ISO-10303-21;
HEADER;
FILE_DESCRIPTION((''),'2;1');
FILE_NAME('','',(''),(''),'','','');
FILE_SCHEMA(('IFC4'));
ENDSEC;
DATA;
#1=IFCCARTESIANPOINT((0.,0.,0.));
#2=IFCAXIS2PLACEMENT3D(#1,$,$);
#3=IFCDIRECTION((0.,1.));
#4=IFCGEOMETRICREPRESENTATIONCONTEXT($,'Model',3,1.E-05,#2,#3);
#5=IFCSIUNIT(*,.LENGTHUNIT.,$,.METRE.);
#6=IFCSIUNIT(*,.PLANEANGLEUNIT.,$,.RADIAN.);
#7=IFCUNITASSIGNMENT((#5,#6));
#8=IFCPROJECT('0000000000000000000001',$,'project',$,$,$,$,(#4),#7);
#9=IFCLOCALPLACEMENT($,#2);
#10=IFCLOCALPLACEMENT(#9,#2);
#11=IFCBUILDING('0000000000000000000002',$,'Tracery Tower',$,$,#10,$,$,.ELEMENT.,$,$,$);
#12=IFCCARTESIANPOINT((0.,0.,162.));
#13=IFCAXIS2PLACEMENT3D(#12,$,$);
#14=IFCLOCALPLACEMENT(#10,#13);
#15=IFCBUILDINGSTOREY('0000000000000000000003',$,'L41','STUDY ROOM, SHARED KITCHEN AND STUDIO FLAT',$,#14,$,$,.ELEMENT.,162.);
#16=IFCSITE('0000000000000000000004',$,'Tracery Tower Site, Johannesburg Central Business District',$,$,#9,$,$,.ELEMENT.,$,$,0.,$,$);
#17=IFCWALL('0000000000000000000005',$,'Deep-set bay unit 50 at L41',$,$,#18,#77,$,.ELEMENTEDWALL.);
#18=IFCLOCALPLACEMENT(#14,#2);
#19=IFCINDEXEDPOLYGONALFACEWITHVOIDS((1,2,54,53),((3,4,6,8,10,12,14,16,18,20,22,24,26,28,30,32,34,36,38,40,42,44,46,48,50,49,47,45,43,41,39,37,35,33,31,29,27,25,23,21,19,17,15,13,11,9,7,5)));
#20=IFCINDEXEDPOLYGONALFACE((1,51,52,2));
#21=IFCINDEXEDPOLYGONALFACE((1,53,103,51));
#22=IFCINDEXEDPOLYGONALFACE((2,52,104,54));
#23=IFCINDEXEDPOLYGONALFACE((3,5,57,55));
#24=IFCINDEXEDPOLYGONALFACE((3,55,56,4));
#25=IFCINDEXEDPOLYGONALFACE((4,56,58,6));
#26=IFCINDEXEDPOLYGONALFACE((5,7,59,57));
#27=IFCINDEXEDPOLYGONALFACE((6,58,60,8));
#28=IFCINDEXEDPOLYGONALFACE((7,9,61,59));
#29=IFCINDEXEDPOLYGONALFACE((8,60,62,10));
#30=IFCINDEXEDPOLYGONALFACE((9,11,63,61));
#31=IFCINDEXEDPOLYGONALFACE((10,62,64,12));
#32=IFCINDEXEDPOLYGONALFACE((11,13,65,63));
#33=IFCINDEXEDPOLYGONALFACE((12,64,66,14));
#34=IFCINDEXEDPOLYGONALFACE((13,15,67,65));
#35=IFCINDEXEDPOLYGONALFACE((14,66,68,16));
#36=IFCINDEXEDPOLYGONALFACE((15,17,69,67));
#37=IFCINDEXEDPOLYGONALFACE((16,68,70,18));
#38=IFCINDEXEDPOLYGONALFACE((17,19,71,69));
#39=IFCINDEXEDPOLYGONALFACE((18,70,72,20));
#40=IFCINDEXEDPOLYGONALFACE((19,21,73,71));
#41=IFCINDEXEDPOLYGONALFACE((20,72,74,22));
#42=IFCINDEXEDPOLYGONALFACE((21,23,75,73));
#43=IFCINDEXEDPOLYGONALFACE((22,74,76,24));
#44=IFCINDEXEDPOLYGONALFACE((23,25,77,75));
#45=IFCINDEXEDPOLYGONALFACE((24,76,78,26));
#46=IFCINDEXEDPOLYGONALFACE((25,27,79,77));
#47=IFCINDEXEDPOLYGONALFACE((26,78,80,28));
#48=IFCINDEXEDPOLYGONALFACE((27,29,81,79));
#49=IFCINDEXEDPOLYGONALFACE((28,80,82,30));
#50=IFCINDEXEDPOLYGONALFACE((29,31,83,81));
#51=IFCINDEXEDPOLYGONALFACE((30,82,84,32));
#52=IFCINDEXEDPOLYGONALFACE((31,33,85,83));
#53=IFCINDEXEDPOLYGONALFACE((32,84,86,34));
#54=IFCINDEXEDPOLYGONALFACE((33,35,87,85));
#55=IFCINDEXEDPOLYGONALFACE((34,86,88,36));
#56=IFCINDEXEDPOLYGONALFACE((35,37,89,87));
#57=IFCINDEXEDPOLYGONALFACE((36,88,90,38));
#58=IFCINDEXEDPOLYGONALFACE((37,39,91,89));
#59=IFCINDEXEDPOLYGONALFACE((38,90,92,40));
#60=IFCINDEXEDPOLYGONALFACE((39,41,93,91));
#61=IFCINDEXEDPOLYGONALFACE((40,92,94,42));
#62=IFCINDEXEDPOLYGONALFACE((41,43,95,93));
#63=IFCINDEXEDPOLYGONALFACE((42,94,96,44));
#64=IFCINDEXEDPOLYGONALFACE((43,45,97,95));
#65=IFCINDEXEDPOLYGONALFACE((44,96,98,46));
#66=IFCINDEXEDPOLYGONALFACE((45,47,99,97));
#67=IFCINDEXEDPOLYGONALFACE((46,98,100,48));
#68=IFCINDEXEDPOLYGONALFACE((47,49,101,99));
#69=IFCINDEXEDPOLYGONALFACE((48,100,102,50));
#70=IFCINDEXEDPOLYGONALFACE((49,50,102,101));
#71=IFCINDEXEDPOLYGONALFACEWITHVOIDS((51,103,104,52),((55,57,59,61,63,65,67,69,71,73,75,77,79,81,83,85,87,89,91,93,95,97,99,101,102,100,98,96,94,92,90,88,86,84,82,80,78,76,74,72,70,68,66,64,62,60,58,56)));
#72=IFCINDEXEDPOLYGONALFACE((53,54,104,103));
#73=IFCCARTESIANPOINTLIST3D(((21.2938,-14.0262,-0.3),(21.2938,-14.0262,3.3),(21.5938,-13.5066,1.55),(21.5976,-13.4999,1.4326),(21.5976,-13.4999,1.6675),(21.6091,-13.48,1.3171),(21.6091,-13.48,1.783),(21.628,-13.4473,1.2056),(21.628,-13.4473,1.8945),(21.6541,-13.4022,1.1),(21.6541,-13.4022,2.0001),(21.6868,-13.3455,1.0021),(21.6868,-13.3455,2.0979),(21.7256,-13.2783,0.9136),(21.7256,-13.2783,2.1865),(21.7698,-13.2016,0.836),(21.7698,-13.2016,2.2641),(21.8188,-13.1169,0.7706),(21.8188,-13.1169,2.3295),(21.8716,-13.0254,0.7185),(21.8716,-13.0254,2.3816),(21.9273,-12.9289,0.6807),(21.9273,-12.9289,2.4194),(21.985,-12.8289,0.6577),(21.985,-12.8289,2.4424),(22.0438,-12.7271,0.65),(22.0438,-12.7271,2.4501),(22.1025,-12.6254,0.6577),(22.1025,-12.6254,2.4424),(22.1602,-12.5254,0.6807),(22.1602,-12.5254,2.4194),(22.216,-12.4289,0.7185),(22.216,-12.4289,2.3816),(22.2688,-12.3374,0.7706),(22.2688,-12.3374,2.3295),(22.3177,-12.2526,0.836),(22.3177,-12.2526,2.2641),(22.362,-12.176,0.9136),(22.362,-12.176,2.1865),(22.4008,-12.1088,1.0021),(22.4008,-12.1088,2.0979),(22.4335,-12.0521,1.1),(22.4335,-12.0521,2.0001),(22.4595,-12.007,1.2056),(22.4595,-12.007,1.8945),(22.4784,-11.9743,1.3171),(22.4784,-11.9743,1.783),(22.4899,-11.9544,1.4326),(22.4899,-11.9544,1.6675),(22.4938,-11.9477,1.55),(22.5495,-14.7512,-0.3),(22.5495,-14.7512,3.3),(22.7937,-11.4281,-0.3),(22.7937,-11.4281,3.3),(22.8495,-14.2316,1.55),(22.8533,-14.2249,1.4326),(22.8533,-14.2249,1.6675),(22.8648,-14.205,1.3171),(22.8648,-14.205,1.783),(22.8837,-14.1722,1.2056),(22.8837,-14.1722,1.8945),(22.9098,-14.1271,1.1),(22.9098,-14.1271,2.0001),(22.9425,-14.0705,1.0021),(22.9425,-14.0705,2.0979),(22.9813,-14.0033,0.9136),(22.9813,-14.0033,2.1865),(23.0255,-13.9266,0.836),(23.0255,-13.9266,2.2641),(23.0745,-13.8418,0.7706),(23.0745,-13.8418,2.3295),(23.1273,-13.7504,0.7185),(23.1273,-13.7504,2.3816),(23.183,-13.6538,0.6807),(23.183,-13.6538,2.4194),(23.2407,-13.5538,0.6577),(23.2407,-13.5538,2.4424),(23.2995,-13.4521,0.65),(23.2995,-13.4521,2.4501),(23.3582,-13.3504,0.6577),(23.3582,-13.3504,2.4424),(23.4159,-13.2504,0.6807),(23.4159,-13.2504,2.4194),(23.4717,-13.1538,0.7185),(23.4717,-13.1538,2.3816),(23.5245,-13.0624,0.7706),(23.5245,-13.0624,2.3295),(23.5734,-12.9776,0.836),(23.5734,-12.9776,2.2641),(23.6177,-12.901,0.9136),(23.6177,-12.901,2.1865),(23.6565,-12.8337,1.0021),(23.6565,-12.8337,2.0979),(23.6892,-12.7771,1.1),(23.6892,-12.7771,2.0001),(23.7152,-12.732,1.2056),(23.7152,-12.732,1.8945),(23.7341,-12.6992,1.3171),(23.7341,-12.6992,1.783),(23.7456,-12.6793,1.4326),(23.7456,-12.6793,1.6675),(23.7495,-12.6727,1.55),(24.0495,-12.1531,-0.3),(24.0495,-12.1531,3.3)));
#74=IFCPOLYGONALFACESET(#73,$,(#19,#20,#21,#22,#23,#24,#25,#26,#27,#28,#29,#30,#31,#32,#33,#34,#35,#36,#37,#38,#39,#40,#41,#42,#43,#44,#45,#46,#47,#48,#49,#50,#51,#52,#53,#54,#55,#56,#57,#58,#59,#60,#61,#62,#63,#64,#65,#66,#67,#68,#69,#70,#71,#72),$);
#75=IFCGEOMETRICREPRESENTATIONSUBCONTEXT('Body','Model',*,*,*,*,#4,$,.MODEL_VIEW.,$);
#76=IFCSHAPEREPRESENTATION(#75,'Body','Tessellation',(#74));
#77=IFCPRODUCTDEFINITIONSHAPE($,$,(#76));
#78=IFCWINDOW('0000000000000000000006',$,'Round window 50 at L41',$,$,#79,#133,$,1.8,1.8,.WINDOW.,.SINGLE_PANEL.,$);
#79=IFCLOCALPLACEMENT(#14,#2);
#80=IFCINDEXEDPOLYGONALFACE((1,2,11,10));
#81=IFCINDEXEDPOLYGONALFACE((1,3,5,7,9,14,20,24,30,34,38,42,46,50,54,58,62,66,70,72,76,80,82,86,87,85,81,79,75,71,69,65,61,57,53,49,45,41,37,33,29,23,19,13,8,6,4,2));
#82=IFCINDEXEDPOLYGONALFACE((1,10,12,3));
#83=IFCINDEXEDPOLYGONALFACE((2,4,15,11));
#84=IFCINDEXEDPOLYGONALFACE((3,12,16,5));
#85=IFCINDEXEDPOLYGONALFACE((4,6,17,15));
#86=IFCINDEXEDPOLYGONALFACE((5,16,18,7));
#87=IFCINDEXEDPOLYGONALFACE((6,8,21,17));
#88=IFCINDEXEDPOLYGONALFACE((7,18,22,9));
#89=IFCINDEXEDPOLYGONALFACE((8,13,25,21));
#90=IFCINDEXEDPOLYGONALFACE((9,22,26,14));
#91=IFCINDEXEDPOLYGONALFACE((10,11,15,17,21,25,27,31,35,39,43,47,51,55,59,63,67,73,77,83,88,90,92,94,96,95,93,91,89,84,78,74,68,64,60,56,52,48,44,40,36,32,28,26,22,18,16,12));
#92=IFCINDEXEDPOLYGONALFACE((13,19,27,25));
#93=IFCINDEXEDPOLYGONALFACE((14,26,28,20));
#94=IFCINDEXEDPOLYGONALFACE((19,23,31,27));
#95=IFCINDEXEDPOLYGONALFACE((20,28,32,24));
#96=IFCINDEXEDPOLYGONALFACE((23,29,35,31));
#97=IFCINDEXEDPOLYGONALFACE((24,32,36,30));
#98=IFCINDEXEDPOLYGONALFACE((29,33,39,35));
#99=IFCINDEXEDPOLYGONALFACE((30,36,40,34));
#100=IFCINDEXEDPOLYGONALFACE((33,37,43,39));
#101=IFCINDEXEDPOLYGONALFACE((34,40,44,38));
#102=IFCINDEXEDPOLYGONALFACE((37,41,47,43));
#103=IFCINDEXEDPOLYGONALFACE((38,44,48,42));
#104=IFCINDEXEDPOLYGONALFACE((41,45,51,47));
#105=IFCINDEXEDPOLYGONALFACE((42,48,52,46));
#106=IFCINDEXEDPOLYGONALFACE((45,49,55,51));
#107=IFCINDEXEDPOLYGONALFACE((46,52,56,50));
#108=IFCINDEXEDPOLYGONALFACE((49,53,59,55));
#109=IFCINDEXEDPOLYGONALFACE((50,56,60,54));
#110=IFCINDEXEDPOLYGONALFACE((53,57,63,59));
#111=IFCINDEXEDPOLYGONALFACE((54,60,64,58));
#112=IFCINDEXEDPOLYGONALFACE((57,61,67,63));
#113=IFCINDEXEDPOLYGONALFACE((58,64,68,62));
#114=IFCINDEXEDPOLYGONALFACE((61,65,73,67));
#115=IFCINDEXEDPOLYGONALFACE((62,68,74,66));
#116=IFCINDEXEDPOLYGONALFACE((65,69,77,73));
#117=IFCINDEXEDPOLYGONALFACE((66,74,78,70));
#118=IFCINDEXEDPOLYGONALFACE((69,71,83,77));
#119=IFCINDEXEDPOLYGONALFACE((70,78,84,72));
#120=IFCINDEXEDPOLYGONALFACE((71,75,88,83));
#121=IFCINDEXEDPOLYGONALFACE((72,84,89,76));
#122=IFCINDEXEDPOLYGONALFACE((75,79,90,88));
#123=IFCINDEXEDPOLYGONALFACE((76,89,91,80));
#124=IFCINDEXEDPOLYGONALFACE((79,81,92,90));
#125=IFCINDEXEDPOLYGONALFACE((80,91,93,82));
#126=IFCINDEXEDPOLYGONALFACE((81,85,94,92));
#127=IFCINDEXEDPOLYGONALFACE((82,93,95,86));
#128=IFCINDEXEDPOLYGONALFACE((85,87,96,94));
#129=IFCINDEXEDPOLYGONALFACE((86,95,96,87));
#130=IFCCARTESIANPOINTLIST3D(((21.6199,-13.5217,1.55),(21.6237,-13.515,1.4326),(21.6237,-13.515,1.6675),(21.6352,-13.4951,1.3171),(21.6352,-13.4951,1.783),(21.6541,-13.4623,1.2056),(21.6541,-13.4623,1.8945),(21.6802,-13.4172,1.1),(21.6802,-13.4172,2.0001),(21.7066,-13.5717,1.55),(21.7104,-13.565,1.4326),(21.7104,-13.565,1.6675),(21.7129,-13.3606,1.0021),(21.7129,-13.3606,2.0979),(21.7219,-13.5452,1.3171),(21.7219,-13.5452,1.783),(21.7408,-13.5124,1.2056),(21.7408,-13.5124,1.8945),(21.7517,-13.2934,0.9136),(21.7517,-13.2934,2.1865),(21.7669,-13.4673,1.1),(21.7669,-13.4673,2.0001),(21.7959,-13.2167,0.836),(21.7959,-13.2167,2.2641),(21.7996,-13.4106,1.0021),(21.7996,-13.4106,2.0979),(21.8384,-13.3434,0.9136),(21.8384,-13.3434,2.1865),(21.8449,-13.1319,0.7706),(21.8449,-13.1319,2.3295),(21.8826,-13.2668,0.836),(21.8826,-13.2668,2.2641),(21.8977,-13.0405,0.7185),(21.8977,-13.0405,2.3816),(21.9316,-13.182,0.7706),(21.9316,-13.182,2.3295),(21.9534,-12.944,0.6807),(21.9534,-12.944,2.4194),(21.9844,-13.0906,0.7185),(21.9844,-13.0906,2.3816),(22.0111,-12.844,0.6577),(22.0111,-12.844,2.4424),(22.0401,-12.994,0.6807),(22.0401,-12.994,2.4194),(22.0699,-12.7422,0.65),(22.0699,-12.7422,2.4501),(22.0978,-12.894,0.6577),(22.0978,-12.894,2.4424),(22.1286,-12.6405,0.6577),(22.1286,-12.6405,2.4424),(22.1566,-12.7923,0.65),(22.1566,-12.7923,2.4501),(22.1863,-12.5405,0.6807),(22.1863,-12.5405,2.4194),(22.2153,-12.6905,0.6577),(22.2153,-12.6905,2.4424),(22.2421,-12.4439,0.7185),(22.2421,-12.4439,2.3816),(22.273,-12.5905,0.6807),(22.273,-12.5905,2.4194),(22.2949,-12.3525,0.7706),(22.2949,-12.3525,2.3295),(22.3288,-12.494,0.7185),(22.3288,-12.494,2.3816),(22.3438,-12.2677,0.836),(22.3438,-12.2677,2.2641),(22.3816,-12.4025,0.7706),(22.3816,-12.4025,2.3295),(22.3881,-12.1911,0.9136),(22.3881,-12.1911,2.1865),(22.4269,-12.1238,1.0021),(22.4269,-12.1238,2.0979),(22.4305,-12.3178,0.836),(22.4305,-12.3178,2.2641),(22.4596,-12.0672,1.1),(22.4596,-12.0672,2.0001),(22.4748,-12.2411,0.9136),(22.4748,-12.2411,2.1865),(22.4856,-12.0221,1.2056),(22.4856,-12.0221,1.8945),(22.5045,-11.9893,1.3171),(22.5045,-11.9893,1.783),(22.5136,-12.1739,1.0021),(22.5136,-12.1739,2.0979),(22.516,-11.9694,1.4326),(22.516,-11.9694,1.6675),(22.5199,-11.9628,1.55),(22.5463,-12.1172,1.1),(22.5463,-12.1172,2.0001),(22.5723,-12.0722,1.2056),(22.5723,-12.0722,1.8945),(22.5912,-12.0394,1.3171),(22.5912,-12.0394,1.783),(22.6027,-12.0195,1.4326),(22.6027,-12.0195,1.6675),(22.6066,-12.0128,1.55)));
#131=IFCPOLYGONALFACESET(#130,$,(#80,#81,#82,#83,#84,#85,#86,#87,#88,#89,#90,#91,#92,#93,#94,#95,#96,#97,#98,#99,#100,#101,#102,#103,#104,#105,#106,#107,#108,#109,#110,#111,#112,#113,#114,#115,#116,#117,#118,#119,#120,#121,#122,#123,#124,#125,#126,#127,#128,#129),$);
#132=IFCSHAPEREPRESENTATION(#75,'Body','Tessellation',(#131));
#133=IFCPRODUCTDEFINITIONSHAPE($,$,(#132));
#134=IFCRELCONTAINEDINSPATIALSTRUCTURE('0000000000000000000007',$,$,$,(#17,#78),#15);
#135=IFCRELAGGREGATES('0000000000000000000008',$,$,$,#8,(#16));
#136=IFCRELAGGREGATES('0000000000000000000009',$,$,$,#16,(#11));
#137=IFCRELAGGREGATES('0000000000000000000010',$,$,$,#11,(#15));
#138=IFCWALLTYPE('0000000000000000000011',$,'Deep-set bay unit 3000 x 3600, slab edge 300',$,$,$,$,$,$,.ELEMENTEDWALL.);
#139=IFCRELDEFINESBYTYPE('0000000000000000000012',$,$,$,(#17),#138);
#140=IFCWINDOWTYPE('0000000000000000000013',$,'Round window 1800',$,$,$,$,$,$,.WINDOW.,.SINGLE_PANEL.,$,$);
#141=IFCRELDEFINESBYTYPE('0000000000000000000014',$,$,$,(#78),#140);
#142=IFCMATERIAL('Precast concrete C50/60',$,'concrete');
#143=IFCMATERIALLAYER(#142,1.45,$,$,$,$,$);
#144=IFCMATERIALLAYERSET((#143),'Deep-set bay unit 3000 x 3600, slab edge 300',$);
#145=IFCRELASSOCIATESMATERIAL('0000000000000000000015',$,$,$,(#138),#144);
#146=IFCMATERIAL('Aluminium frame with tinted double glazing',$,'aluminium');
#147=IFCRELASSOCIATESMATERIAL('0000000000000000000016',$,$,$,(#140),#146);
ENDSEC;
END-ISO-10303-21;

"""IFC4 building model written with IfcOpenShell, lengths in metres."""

from ifc_helpers import new_model, si_unit, direction, frame, frame_2d, origin, origin_2d, place, context, subcontext, project, spatial, rectangle, circle, extrude, material, layer, layer_set, type_object, element, fill, save


model = new_model("IFC4")

# Units and contexts
model_context = context("Model", 3, precision=1e-05, world=origin(), true_north=direction((0.0, 1.0)))
body_context = subcontext(model_context, "Body", "Model", "MODEL_VIEW")
ifc_project = project(units=[si_unit("LENGTHUNIT", "METRE"), si_unit("PLANEANGLEUNIT", "RADIAN")], contexts=[model_context])

# Site, building, storey
site_placement = place(None, origin())
site = spatial("IfcSite", under=ifc_project, at=site_placement, Name="Tracery Tower Site, Johannesburg Central Business District", CompositionType="ELEMENT", RefElevation=0.0)
building_placement = place(site_placement, origin())
building = spatial("IfcBuilding", under=site, at=building_placement, Name="Tracery Tower", CompositionType="ELEMENT")
storey_placement = place(building_placement, frame((0.0, 0.0, 162.0)))
storey = spatial("IfcBuildingStorey", under=building, at=storey_placement, Name="L41", Description="STUDY ROOM, SHARED KITCHEN AND STUDIO FLAT", CompositionType="ELEMENT", Elevation=162.0)

# Wall, opening, window
ifc_material_1 = material(Name="Precast concrete C50/60", Category="concrete")
ifc_layer_1 = layer(ifc_material_1, 1.45)
ifc_layer_set_1 = layer_set([ifc_layer_1], Name="Deep-set bay unit 3000 x 3600, slab edge 300")
wall_type_1 = type_object("IfcWallType", Name="Deep-set bay unit 3000 x 3600, slab edge 300", PredefinedType="ELEMENTEDWALL", material=ifc_layer_set_1)
ifc_material_2 = material(Name="Aluminium frame with tinted double glazing", Category="aluminium")
window_type = type_object("IfcWindowType", Name="Round window 1800", PartitioningType="SINGLE_PANEL", PredefinedType="WINDOW", material=ifc_material_2)
wall_1_placement = place(storey_placement, frame((21.9216, -14.3887, -0.3), z_axis=(0.0, 0.0, 1.0), x_axis=(0.49999, 0.866031, 0.0)))
wall_1 = element("IfcWall", 1, at=wall_1_placement, inside=storey, type_object=wall_type_1, Name="Deep-set bay unit 50 at L41", PredefinedType="ELEMENTEDWALL", context=body_context, shape_type="SweptSolid", body=[
    extrude(rectangle(XDim=3.0, YDim=1.45, at=frame_2d((1.5, 0.0))), origin(), (0.0, 0.0, 1.0), 3.6001),
])
opening_1_placement = place(wall_1_placement, frame((1.5, 0.0, 1.8501)))
opening_1 = element("IfcOpeningElement", 2, at=opening_1_placement, cuts=wall_1, PredefinedType="OPENING", context=body_context, shape_type="SweptSolid", body=[
    extrude(circle(Radius=0.9, at=origin_2d()), frame((0.0, 0.7349, 0.0), z_axis=(0.0, -1.0, 0.0), x_axis=(1.0, 0.0, 0.0)), (0.0, 0.0, 1.0), 1.47),
])
window_1_placement = place(opening_1_placement, origin())
window_1 = element("IfcWindow", 3, at=window_1_placement, inside=storey, type_object=window_type, Name="Round window 50 at L41", OverallHeight=1.8, OverallWidth=1.8, PartitioningType="SINGLE_PANEL", PredefinedType="WINDOW", context=body_context, shape_type="SweptSolid", body=[
    extrude(circle(Radius=0.9, at=origin_2d()), frame((0.0, 0.6948, 0.0), z_axis=(0.0, -1.0, 0.0), x_axis=(1.0, 0.0, 0.0)), (0.0, 0.0, 1.0), 0.1001),
])
fill(opening_1, window_1)

save(model, "model.ifc")
